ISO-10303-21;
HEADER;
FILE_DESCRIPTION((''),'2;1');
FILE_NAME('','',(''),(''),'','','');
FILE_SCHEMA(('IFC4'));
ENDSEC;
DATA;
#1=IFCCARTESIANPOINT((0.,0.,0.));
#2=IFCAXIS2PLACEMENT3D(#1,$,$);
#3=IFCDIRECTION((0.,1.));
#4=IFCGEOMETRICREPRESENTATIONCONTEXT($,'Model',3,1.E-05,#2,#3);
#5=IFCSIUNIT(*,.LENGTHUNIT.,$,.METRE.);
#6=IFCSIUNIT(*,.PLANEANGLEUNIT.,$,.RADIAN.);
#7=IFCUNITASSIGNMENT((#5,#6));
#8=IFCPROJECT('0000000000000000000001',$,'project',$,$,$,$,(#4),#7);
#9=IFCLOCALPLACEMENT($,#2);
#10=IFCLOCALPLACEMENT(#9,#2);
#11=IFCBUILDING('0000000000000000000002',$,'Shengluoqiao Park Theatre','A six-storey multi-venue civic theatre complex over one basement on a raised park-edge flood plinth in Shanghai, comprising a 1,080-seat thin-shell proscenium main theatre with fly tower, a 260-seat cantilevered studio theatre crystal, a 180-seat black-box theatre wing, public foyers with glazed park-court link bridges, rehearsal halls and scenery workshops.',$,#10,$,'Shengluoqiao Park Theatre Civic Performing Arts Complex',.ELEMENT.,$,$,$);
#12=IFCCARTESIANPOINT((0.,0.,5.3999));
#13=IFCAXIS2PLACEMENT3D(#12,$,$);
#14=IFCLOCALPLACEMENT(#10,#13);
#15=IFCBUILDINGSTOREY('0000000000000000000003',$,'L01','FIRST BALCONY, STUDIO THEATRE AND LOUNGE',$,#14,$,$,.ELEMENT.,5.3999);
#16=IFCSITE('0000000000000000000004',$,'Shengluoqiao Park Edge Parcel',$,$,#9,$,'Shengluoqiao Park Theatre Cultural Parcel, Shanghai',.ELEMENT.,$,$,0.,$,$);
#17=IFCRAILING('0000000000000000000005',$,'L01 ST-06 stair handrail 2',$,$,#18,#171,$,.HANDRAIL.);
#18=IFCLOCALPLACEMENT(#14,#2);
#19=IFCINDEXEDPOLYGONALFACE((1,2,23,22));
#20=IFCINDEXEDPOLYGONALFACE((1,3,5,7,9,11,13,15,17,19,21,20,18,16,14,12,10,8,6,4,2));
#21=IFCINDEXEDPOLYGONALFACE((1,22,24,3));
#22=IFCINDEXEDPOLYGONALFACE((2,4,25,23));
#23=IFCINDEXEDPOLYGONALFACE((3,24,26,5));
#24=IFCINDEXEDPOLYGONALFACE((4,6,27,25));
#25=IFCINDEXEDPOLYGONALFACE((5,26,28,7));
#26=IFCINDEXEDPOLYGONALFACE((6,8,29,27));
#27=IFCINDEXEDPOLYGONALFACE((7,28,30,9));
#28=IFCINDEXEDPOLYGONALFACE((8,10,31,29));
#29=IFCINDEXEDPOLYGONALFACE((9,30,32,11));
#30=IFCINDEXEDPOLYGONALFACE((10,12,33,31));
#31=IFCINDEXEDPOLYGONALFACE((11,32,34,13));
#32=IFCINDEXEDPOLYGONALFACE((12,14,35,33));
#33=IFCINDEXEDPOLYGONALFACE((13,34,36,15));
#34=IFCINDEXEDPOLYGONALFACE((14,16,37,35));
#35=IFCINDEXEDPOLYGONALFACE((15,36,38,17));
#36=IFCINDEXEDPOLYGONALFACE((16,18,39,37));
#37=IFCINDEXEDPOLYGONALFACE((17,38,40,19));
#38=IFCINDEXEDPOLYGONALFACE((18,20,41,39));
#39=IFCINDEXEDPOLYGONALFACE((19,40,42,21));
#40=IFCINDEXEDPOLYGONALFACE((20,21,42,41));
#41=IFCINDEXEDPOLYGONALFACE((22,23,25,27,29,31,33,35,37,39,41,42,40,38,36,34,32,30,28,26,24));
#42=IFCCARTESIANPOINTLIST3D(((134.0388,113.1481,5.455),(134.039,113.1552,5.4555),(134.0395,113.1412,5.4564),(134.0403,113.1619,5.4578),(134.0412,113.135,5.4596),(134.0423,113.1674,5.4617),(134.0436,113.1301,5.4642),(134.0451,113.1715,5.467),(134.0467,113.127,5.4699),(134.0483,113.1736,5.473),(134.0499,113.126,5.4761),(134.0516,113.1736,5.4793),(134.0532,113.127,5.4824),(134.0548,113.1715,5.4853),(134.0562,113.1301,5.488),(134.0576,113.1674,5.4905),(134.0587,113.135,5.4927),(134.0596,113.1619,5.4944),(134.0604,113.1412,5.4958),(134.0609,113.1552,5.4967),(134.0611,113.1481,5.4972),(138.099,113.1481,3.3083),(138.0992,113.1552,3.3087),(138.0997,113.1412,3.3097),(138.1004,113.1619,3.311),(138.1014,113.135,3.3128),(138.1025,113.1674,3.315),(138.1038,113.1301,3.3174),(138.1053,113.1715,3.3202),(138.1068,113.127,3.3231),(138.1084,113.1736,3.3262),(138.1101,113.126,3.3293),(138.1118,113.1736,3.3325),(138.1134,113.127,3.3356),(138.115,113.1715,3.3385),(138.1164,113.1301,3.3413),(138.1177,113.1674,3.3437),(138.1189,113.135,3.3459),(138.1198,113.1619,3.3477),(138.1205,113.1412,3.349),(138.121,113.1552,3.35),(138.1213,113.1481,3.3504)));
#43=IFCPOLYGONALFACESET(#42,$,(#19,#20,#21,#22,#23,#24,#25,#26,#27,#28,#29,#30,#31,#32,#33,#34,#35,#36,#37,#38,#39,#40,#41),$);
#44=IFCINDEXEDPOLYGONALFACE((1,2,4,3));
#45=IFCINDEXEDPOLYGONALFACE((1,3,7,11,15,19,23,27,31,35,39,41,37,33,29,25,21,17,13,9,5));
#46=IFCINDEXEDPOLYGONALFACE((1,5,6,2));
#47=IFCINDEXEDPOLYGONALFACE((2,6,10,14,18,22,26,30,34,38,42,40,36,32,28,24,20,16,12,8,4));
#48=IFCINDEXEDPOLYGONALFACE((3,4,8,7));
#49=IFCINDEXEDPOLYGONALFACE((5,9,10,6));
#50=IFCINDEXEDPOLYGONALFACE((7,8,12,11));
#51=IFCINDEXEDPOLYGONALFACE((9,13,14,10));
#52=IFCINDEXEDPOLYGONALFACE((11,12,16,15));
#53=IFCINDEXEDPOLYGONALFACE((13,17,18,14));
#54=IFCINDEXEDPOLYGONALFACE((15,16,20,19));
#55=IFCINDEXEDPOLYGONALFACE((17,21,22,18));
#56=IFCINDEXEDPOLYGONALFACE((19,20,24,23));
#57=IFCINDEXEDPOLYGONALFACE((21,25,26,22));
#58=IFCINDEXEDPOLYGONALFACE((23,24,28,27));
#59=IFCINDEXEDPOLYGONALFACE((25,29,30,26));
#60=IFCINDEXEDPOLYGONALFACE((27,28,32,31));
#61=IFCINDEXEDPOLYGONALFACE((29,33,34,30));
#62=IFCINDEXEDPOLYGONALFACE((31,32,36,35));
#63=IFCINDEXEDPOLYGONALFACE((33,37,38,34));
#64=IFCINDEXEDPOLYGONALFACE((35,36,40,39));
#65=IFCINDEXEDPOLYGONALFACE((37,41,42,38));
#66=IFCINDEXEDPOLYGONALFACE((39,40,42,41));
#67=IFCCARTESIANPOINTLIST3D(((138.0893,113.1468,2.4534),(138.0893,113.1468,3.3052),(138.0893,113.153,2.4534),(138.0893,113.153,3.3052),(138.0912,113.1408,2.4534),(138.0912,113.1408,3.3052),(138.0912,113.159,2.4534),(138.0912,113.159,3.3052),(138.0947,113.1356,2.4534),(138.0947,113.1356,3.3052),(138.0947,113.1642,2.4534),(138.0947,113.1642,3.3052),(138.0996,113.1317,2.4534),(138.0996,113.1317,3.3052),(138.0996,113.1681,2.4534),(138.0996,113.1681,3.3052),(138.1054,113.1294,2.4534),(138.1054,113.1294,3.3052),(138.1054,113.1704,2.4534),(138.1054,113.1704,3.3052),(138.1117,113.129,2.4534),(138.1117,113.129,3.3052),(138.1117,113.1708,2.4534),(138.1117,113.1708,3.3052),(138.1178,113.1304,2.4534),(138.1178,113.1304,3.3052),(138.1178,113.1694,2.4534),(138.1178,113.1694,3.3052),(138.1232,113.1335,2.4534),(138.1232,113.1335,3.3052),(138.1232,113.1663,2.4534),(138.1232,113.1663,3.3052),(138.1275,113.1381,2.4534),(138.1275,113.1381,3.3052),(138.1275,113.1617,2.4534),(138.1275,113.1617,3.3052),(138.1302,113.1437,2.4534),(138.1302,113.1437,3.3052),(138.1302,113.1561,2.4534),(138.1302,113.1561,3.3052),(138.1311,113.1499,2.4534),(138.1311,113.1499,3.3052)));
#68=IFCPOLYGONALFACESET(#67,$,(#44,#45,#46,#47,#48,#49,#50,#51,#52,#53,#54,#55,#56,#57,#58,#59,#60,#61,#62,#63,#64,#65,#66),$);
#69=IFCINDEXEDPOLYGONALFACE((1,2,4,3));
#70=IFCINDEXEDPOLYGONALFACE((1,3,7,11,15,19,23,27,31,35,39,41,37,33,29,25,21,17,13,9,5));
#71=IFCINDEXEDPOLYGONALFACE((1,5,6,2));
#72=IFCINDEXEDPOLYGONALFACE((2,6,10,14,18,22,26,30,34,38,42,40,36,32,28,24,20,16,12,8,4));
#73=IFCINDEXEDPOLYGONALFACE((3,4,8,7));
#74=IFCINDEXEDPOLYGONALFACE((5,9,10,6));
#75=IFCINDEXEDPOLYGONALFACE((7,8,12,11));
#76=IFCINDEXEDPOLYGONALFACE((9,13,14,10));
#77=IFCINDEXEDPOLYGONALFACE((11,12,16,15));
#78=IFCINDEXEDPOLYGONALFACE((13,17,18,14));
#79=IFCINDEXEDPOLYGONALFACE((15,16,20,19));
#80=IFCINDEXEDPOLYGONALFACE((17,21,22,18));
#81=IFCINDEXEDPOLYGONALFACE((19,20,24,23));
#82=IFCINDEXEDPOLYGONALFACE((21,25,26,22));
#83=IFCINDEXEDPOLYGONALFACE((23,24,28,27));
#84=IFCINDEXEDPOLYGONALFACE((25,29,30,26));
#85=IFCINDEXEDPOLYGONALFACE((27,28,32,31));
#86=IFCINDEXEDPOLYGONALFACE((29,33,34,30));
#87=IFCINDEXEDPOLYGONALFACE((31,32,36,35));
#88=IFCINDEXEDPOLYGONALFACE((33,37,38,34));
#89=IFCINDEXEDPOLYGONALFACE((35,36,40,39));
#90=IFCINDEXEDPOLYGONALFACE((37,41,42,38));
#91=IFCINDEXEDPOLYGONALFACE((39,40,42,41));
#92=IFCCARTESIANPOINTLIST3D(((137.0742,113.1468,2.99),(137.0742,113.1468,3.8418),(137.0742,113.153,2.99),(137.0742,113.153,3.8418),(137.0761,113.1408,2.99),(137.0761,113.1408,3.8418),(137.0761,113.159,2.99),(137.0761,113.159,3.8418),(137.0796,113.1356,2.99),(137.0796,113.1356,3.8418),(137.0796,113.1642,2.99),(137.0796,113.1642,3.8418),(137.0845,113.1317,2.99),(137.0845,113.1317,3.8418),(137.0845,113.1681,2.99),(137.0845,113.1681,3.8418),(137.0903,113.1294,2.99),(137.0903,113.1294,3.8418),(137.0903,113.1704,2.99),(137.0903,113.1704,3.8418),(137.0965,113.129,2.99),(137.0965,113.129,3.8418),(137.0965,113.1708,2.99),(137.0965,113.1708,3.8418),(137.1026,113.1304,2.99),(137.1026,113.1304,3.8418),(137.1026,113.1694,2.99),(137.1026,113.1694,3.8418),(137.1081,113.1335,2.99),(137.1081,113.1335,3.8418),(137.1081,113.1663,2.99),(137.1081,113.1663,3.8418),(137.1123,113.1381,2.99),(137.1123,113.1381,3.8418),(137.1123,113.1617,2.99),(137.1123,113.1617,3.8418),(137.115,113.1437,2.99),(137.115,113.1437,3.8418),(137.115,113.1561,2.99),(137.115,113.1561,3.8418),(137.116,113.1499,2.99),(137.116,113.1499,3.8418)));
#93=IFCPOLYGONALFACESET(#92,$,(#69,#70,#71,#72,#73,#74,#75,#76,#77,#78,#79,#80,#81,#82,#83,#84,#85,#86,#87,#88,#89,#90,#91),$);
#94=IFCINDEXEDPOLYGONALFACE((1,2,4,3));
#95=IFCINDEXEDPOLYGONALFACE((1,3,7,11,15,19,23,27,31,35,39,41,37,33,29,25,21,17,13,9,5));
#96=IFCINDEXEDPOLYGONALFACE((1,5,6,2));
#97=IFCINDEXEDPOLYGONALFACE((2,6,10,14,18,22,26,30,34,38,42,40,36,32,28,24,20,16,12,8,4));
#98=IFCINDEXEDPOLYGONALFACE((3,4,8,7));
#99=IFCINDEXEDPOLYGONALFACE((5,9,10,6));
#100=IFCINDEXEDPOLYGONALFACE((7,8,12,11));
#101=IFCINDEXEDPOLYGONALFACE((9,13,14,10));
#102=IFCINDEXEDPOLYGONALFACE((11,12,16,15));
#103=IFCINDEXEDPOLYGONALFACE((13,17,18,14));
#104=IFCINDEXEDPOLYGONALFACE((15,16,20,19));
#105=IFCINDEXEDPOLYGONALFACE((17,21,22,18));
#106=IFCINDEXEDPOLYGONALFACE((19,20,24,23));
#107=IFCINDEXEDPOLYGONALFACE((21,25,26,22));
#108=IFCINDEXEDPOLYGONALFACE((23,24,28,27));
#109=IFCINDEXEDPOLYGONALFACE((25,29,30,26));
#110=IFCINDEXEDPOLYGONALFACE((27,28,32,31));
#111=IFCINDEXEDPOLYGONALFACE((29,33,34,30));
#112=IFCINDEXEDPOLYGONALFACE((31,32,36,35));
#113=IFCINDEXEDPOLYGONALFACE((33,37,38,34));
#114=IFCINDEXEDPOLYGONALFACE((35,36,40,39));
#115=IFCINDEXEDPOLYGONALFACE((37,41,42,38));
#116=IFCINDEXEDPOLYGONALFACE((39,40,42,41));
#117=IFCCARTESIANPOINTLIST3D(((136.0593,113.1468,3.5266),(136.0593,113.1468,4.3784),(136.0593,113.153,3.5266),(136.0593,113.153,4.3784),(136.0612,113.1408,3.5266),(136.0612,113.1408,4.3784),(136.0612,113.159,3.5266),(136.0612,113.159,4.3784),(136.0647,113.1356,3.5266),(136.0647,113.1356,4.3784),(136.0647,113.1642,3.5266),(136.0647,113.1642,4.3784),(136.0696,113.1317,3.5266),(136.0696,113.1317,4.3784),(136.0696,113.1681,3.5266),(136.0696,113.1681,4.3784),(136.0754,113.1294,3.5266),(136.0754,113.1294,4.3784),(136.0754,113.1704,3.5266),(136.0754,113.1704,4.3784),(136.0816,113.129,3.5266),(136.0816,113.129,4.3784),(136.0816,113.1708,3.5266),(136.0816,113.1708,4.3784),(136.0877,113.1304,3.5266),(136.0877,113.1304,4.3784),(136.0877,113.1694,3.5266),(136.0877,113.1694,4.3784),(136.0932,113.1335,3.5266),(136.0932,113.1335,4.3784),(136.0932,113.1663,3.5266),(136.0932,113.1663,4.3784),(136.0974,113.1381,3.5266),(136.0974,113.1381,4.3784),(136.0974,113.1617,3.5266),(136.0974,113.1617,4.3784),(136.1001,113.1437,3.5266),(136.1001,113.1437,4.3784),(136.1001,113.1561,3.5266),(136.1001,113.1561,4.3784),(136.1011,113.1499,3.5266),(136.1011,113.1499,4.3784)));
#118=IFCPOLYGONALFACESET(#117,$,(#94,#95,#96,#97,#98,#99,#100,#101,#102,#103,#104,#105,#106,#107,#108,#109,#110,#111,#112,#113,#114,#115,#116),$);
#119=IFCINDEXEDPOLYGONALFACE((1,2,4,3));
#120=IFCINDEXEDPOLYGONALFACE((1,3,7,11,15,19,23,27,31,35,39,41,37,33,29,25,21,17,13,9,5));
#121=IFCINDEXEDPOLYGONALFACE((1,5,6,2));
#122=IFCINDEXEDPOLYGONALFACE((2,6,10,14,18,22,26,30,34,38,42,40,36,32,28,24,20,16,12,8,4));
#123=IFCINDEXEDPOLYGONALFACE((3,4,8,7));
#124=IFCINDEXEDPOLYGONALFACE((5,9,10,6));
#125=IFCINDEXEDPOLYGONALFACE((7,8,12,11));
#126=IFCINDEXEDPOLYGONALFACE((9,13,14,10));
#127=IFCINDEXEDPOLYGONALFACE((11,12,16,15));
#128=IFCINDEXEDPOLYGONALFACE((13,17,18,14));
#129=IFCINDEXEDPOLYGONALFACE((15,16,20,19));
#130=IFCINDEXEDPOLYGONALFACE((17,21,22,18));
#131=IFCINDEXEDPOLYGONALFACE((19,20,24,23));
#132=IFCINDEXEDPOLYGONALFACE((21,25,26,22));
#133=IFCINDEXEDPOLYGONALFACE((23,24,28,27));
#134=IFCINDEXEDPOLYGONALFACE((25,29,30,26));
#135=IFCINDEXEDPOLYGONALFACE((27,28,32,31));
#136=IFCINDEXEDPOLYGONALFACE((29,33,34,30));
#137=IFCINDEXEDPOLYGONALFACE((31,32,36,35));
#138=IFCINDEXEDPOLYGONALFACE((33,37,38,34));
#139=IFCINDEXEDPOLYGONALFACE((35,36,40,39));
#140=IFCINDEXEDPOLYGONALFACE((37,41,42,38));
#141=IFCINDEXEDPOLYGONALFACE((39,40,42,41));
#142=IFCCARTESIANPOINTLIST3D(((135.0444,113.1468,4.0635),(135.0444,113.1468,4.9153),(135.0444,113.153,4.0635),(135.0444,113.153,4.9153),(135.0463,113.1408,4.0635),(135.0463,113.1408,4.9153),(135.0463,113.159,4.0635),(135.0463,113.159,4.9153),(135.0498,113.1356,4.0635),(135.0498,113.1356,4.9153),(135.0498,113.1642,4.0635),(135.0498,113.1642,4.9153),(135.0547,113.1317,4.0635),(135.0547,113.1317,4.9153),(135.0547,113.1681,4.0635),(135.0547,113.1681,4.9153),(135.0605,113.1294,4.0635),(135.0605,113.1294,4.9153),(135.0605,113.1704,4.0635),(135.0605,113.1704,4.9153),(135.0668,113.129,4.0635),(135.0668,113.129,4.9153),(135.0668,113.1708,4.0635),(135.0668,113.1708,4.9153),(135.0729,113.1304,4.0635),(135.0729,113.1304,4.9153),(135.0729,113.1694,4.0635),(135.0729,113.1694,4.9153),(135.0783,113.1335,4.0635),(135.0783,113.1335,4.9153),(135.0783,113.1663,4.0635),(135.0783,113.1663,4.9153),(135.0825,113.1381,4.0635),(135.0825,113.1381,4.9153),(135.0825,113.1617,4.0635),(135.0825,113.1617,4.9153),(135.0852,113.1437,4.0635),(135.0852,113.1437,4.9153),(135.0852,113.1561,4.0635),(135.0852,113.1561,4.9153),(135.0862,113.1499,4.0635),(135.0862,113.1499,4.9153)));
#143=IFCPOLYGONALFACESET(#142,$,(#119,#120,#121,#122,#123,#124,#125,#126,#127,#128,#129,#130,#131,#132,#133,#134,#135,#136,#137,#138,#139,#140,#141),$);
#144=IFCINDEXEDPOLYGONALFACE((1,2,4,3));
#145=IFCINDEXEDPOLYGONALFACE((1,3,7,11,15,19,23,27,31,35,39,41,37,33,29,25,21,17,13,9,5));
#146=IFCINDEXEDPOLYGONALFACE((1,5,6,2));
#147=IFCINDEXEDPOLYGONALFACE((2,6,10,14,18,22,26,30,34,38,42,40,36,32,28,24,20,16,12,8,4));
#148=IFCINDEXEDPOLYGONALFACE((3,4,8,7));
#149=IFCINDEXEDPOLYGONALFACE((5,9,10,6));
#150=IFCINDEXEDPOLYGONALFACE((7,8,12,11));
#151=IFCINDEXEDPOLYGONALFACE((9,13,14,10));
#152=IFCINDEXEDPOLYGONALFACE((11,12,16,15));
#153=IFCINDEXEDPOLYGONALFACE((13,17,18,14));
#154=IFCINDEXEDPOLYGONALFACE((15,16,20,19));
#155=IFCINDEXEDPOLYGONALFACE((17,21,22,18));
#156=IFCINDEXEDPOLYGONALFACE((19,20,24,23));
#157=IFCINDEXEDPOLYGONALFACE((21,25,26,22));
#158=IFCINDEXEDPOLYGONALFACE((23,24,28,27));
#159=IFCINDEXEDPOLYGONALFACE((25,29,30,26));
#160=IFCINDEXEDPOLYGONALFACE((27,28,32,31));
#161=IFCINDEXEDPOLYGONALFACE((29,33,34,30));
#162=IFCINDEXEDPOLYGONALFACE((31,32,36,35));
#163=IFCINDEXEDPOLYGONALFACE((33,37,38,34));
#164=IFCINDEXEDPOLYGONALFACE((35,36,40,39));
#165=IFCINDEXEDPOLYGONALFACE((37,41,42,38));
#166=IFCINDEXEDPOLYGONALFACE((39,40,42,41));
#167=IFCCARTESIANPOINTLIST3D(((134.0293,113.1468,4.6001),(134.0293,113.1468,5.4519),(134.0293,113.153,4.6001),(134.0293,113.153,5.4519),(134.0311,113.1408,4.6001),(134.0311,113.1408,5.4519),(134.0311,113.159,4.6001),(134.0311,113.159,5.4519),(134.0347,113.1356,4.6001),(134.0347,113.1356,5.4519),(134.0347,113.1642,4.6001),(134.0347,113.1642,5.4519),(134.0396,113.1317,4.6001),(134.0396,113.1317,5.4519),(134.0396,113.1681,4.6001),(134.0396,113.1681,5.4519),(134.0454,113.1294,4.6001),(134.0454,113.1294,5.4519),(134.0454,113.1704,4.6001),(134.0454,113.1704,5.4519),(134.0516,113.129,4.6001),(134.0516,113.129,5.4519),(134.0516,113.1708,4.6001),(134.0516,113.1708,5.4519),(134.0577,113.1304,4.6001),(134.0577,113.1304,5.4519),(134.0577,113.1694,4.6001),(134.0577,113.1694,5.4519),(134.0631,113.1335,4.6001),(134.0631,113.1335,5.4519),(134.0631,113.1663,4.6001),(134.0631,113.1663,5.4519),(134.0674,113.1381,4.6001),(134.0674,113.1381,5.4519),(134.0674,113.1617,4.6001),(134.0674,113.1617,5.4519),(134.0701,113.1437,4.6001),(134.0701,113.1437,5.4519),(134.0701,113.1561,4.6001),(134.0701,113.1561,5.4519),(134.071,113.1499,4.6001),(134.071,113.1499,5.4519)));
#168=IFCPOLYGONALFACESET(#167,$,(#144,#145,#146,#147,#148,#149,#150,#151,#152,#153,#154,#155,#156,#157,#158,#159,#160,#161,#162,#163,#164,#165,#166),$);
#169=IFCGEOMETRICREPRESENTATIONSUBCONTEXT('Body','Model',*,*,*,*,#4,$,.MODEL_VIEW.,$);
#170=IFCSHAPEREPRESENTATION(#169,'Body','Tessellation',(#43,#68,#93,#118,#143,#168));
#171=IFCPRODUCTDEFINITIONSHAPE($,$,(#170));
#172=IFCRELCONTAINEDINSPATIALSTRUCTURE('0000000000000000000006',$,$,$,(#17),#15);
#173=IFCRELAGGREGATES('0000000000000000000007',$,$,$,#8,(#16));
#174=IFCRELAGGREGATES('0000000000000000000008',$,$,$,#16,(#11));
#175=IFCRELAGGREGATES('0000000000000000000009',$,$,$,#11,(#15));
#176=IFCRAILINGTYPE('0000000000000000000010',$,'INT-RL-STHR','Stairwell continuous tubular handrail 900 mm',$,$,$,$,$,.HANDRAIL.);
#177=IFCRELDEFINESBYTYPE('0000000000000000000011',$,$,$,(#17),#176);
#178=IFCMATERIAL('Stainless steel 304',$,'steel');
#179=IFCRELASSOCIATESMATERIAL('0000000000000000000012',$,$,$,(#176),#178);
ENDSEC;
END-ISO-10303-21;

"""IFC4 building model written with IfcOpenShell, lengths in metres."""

from ifc_helpers import new_model, si_unit, direction, frame, origin, origin_2d, place, context, subcontext, project, spatial, circle, extrude, material, type_object, element, save


model = new_model("IFC4")

# Units and contexts
model_context = context("Model", 3, precision=1e-05, world=origin(), true_north=direction((0.0, 1.0)))
body_context = subcontext(model_context, "Body", "Model", "MODEL_VIEW")
ifc_project = project(units=[si_unit("LENGTHUNIT", "METRE"), si_unit("PLANEANGLEUNIT", "RADIAN")], contexts=[model_context])

# Site, building, storey
site_placement = place(None, origin())
site = spatial("IfcSite", under=ifc_project, at=site_placement, Name="Shengluoqiao Park Edge Parcel", LongName="Shengluoqiao Park Theatre Cultural Parcel, Shanghai", CompositionType="ELEMENT", RefElevation=0.0)
building_placement = place(site_placement, origin())
building = spatial("IfcBuilding", under=site, at=building_placement, Name="Shengluoqiao Park Theatre", Description="A six-storey multi-venue civic theatre complex over one basement on a raised park-edge flood plinth in Shanghai, comprising a 1,080-seat thin-shell proscenium main theatre with fly tower, a 260-seat cantilevered studio theatre crystal, a 180-seat black-box theatre wing, public foyers with glazed park-court link bridges, rehearsal halls and scenery workshops.", LongName="Shengluoqiao Park Theatre Civic Performing Arts Complex", CompositionType="ELEMENT")
storey_placement = place(building_placement, frame((0.0, 0.0, 5.3999)))
storey = spatial("IfcBuildingStorey", under=building, at=storey_placement, Name="L01", Description="FIRST BALCONY, STUDIO THEATRE AND LOUNGE", CompositionType="ELEMENT", Elevation=5.3999)

# Railing
ifc_material_1 = material(Name="Stainless steel 304", Category="steel")
railing_type_1 = type_object("IfcRailingType", Name="INT-RL-STHR", Description="Stairwell continuous tubular handrail 900 mm", PredefinedType="HANDRAIL", material=ifc_material_1)
railing_1_placement = place(storey_placement, frame((138.1101, 113.1499, 2.4534)))
element("IfcRailing", 1, at=railing_1_placement, inside=storey, type_object=railing_type_1, Name="L01 ST-06 stair handrail 2", PredefinedType="HANDRAIL", context=body_context, shape_type="SweptSolid", body=[
    extrude(circle(Radius=0.0239, at=origin_2d()), frame((0.0, 0.0, 0.876), z_axis=(-0.884032, 0.0, 0.467426), x_axis=(0.0, -1.0, 0.0)), (0.0, 0.0, 1.0), 4.5928),
    extrude(circle(Radius=0.021, at=origin_2d()), origin(), (0.0, 0.0, 1.0), 0.8518),
    extrude(circle(Radius=0.021, at=origin_2d()), frame((-1.0151, 0.0, 0.5366)), (0.0, 0.0, 1.0), 0.8518),
    extrude(circle(Radius=0.021, at=origin_2d()), frame((-2.03, 0.0, 1.0732)), (0.0, 0.0, 1.0), 0.8518),
    extrude(circle(Radius=0.021, at=origin_2d()), frame((-3.0449, 0.0, 1.6101)), (0.0, 0.0, 1.0), 0.8518),
    extrude(circle(Radius=0.021, at=origin_2d()), frame((-4.0601, 0.0, 2.1467)), (0.0, 0.0, 1.0), 0.8518),
])

save(model, "model.ifc")
